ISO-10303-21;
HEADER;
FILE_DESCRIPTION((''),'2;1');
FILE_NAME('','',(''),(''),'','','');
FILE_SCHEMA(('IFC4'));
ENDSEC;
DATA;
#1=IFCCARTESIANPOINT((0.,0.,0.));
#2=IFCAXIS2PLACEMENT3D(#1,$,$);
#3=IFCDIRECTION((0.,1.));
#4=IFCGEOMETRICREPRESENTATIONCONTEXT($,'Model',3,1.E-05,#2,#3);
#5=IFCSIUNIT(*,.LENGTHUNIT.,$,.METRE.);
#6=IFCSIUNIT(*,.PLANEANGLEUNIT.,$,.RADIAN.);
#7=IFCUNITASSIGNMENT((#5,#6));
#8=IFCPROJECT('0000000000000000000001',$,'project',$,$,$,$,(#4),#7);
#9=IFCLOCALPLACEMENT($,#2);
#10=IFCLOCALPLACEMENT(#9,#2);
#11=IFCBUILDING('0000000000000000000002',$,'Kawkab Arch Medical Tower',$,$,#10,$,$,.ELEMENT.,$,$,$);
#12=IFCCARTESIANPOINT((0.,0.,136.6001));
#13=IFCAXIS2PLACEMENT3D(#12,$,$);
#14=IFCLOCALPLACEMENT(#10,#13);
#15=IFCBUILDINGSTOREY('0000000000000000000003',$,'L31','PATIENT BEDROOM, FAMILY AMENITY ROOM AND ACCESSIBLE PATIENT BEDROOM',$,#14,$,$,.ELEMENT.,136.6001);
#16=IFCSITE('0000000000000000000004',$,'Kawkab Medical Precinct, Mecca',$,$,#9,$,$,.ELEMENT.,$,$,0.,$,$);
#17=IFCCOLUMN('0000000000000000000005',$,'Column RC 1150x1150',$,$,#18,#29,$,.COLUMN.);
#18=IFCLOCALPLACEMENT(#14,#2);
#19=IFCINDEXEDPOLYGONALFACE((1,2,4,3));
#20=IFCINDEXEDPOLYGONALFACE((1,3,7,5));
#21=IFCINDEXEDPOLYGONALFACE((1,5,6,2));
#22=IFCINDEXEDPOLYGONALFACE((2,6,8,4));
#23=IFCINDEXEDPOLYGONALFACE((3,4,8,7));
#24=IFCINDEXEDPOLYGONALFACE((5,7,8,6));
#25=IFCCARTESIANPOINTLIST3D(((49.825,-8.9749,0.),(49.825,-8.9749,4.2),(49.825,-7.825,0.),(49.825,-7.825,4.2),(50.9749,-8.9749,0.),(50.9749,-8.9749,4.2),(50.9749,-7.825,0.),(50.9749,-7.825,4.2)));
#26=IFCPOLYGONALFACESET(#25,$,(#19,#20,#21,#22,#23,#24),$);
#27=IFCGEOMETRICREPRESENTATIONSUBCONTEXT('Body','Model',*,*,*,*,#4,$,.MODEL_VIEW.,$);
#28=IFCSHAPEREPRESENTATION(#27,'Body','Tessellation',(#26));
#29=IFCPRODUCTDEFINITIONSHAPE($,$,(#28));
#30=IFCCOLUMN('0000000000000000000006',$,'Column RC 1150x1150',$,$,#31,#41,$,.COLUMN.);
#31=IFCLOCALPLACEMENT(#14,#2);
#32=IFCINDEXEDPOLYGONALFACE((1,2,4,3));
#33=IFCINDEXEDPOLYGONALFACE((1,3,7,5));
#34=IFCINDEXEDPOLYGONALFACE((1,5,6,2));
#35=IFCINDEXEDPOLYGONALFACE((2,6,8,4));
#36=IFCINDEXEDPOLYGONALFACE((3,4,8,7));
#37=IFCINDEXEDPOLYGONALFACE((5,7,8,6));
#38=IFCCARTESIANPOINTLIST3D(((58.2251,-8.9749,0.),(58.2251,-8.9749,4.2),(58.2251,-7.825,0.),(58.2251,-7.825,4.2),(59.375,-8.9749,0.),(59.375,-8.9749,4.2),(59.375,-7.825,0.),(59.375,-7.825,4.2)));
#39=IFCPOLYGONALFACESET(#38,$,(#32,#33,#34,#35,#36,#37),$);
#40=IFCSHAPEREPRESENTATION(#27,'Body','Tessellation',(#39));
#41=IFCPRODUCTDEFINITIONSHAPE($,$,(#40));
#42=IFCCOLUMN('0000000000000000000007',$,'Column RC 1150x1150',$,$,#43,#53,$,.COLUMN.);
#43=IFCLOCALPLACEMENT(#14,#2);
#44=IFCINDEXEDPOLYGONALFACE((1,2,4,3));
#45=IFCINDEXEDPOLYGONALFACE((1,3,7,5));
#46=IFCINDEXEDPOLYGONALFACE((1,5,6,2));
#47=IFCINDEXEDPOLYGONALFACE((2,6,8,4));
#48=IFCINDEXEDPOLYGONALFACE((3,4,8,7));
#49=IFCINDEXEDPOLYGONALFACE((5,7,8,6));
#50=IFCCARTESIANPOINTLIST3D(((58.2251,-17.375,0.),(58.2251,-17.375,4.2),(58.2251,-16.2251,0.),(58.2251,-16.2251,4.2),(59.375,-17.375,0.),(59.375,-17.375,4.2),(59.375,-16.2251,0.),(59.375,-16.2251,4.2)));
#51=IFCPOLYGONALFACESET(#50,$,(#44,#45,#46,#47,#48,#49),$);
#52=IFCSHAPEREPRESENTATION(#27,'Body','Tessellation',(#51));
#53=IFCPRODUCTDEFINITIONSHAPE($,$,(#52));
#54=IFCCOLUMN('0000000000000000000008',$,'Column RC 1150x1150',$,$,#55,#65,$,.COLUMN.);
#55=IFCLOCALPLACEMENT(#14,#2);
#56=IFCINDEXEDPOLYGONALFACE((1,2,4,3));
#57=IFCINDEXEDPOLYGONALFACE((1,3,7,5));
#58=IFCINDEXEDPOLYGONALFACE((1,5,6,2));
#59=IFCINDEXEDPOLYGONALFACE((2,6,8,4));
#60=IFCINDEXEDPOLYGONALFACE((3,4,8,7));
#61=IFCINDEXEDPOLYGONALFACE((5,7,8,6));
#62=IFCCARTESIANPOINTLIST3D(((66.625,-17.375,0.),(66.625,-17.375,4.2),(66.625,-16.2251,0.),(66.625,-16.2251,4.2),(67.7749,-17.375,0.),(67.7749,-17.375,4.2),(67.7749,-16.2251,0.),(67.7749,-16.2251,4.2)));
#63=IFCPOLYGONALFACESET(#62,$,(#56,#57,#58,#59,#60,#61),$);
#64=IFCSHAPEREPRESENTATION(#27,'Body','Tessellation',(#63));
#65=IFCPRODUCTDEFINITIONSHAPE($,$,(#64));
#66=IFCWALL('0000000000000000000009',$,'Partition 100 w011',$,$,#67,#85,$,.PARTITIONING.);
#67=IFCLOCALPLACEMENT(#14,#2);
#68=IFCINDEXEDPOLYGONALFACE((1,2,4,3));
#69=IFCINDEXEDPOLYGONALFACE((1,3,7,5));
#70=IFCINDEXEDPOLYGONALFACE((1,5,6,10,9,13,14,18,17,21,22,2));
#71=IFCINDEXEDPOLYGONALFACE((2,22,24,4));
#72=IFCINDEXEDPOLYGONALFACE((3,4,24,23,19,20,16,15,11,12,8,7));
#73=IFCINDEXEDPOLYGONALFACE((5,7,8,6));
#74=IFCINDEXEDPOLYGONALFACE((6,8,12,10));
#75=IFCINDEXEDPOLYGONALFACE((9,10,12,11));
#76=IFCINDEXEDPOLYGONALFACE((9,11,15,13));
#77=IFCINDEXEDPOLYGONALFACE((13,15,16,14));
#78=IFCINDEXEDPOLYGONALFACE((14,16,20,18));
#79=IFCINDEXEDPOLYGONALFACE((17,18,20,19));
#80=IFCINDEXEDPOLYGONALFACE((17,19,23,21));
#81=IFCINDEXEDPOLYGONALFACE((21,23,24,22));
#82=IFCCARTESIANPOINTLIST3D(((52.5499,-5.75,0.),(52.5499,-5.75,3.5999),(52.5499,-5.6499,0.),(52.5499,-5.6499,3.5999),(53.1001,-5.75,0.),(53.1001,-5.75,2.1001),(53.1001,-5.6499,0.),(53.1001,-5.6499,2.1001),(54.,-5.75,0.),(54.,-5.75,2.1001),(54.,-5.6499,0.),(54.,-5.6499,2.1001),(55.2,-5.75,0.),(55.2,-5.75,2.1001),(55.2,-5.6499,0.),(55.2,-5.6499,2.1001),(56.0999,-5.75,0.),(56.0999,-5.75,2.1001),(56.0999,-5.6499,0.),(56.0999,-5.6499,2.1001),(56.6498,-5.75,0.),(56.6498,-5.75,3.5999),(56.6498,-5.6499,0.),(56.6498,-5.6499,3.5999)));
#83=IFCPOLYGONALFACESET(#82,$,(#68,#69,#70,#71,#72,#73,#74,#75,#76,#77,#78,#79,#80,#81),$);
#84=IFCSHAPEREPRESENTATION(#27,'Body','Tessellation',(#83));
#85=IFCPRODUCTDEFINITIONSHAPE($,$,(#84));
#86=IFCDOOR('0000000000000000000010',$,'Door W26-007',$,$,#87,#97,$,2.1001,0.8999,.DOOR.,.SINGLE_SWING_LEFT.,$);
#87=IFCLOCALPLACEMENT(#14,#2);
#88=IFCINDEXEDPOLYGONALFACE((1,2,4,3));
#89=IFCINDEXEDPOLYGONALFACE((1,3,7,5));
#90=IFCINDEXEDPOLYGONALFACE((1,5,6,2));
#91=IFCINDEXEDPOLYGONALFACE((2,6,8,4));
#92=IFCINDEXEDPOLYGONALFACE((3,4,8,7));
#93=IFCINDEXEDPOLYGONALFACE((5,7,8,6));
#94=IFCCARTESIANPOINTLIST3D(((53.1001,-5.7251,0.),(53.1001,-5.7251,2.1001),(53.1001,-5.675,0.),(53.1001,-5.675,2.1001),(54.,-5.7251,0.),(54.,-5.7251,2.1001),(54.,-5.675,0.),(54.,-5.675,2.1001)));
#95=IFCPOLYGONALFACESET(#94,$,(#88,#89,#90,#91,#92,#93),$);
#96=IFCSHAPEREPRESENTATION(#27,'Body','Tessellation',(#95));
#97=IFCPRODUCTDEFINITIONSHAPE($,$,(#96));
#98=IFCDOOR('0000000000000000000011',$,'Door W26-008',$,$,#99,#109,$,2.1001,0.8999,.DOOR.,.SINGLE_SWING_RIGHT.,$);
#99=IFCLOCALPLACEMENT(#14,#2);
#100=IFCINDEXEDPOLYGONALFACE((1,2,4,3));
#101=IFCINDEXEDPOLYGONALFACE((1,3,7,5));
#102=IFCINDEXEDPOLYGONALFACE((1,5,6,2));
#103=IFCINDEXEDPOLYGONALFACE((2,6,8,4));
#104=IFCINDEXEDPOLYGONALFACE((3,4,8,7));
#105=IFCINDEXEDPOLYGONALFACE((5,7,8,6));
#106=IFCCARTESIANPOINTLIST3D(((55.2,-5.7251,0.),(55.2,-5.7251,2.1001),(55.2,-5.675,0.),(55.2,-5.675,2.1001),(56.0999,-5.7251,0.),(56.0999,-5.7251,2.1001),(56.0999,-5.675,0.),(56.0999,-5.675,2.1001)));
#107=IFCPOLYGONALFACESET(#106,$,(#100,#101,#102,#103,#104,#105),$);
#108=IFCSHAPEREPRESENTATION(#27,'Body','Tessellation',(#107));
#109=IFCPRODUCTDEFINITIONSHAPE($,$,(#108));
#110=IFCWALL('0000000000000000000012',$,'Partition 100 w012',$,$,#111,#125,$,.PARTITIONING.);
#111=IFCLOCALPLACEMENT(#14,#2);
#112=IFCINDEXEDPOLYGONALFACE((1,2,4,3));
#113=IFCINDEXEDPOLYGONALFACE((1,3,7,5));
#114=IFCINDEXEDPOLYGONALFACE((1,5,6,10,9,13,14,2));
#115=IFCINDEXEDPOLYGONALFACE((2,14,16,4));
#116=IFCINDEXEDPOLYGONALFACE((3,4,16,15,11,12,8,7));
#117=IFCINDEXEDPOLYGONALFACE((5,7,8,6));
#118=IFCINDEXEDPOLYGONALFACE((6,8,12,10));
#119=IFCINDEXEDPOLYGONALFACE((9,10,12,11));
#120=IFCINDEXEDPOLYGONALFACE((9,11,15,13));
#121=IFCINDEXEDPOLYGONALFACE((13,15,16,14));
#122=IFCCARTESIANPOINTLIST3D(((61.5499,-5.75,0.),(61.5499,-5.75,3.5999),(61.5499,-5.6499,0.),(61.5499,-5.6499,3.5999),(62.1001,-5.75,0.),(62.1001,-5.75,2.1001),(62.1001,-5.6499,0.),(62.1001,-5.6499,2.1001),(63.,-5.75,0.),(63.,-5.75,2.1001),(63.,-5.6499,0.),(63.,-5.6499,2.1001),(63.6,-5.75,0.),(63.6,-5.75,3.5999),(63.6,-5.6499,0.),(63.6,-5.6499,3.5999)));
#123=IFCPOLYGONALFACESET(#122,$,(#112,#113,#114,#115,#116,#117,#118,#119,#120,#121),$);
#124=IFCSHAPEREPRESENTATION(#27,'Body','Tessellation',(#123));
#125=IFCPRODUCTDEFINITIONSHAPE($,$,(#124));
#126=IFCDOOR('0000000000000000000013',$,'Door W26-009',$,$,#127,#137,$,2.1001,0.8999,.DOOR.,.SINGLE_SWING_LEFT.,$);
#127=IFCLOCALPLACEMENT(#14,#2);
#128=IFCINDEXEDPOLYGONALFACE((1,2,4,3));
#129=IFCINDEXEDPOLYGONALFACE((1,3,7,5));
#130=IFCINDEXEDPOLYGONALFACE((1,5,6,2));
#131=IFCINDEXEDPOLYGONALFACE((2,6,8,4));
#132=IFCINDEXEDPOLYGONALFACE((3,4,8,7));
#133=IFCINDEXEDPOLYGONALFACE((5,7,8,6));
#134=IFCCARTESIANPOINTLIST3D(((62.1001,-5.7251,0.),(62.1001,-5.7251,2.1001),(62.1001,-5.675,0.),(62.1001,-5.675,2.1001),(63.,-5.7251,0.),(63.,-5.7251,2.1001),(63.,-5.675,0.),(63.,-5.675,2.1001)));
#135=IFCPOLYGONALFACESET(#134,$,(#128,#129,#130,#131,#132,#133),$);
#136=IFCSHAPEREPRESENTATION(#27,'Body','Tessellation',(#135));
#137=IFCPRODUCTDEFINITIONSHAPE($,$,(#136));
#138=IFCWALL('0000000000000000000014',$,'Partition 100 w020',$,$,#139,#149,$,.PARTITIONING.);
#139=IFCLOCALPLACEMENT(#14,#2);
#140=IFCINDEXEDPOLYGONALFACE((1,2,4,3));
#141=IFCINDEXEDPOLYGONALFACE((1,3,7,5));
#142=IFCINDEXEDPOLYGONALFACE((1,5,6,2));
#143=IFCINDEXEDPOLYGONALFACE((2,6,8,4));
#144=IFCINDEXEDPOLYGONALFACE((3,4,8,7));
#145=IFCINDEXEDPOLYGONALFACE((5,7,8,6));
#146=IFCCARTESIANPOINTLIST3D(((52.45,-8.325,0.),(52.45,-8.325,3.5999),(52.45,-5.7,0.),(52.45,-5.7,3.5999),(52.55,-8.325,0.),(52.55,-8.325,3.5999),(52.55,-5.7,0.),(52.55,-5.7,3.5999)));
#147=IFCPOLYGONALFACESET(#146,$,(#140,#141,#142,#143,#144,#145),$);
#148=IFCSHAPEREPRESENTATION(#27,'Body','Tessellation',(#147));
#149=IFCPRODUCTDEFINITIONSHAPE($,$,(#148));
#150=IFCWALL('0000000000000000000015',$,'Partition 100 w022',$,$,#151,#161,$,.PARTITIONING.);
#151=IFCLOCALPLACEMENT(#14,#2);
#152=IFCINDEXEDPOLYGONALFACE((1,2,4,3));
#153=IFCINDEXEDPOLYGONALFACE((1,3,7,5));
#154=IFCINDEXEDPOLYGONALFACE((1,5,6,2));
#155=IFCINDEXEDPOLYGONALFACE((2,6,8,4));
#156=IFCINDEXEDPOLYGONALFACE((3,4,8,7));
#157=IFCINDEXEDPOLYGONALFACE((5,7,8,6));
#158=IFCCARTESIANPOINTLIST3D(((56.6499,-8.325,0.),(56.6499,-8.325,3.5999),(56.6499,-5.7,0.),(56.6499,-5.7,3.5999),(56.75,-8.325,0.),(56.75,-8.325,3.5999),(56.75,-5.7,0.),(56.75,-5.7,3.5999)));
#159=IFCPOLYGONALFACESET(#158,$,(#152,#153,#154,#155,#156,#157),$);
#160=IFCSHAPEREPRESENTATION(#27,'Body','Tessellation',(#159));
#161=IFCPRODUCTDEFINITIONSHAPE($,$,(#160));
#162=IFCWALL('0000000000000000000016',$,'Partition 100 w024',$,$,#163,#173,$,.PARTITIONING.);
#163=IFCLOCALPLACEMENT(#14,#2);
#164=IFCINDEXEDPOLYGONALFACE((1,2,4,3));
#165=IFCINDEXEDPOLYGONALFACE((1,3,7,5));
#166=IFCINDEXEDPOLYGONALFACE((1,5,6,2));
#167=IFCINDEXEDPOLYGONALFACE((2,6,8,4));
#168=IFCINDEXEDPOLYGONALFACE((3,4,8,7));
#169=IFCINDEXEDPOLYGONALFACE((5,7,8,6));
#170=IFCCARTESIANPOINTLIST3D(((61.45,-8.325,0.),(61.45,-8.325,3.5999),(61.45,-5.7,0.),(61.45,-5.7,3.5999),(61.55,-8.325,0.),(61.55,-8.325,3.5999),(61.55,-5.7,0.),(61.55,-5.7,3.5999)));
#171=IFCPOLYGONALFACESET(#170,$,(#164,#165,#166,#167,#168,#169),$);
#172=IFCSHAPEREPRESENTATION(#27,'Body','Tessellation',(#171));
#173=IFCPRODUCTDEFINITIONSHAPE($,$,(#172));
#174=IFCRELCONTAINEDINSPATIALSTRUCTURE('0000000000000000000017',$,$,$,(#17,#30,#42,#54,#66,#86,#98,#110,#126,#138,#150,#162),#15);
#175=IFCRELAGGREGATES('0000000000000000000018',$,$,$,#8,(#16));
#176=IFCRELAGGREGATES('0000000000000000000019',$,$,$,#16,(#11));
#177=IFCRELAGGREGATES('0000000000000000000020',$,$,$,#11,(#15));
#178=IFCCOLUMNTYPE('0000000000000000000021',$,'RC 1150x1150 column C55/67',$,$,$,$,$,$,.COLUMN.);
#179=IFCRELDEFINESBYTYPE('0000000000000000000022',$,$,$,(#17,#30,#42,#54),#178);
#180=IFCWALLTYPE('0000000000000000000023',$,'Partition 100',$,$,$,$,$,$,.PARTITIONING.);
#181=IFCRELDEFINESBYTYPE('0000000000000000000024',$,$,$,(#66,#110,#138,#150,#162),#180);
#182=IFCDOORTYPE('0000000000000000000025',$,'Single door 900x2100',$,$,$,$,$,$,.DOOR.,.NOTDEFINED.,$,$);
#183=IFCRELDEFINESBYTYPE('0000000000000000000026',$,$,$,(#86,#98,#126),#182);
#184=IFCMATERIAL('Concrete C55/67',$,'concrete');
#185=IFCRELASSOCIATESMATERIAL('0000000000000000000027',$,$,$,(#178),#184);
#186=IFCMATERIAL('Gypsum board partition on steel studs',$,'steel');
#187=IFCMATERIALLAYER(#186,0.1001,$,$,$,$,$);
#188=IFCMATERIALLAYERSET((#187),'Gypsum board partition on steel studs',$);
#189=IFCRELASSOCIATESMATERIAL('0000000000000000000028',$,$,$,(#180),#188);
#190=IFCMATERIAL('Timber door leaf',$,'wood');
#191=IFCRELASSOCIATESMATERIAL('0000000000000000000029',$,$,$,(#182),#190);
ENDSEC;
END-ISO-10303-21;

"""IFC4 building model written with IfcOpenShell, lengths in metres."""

from ifc_helpers import new_model, si_unit, direction, frame, frame_2d, origin, origin_2d, place, context, subcontext, project, spatial, rectangle, extrude, material, layer, layer_set, material_profile, profile_set, type_object, element, fill, save


model = new_model("IFC4")

# Units and contexts
model_context = context("Model", 3, precision=1e-05, world=origin(), true_north=direction((0.0, 1.0)))
body_context = subcontext(model_context, "Body", "Model", "MODEL_VIEW")
ifc_project = project(units=[si_unit("LENGTHUNIT", "METRE"), si_unit("PLANEANGLEUNIT", "RADIAN")], contexts=[model_context])

# Site, building, storey
site_placement = place(None, origin())
site = spatial("IfcSite", under=ifc_project, at=site_placement, Name="Kawkab Medical Precinct, Mecca", CompositionType="ELEMENT", RefElevation=0.0)
building_placement = place(site_placement, origin())
building = spatial("IfcBuilding", under=site, at=building_placement, Name="Kawkab Arch Medical Tower", CompositionType="ELEMENT")
storey_placement = place(building_placement, frame((0.0, 0.0, 136.6001)))
storey = spatial("IfcBuildingStorey", under=building, at=storey_placement, Name="L31", Description="PATIENT BEDROOM, FAMILY AMENITY ROOM AND ACCESSIBLE PATIENT BEDROOM", CompositionType="ELEMENT", Elevation=136.6001)

# Columns
ifc_material_1 = material(Name="Concrete C55/67", Category="concrete")
ifc_material_profile = material_profile(ifc_material_1, rectangle(XDim=1.1499, YDim=1.1499, at=origin_2d()), Name="RC 1150x1150")
ifc_profile_set = profile_set([ifc_material_profile], Name="Concrete C55/67")
column_type = type_object("IfcColumnType", Name="RC 1150x1150 column C55/67", PredefinedType="COLUMN", material=ifc_profile_set)
for number, where, z_axis, x_axis, name in (
    (1, (50.3999, -8.3999, 0.0), (0.0, 0.0, 1.0), (1.0, 0.0, 0.0), "Column RC 1150x1150"),
    (2, (58.8, -8.3999, 0.0), (0.0, 0.0, 1.0), (1.0, 0.0, 0.0), "Column RC 1150x1150"),
    (3, (58.8, -16.8, 0.0), (0.0, 0.0, 1.0), (1.0, 0.0, 0.0), "Column RC 1150x1150"),
    (4, (67.2, -16.8, 0.0), (0.0, 0.0, 1.0), (1.0, 0.0, 0.0), "Column RC 1150x1150"),
):
    element("IfcColumn", number, at=place(storey_placement, frame(where, z_axis=z_axis, x_axis=x_axis)), inside=storey, type_object=column_type, Name=name, PredefinedType="COLUMN", context=body_context, shape_type="SweptSolid", body=[
        extrude(rectangle(XDim=1.1499, YDim=1.1499, at=origin_2d()), origin(), (0.0, 0.0, 1.0), 4.2),
    ])

# Wall, openings, doors
ifc_material_2 = material(Name="Gypsum board partition on steel studs", Category="steel")
ifc_layer_1 = layer(ifc_material_2, 0.1001)
ifc_layer_set_1 = layer_set([ifc_layer_1], Name="Gypsum board partition on steel studs")
wall_type_1 = type_object("IfcWallType", Name="Partition 100", PredefinedType="PARTITIONING", material=ifc_layer_set_1)
wall_1_placement = place(storey_placement, frame((52.55, -5.7, 0.0), z_axis=(0.0, 0.0, 1.0), x_axis=(1.0, 0.0, 0.0)))
wall_1 = element("IfcWall", 5, at=wall_1_placement, inside=storey, type_object=wall_type_1, Name="Partition 100 w011", PredefinedType="PARTITIONING", context=body_context, shape_type="SweptSolid", body=[
    extrude(rectangle(XDim=4.0999, YDim=0.1001, at=frame_2d((2.0498, 0.0))), origin(), (0.0, 0.0, 1.0), 3.5999),
])
opening_1_placement = place(wall_1_placement, frame((0.55, 0.0, 0.0)))
opening_1 = element("IfcOpeningElement", 6, at=opening_1_placement, cuts=wall_1, PredefinedType="OPENING", context=body_context, shape_type="SweptSolid", body=[
    extrude(rectangle(XDim=0.8999, YDim=2.1001, at=frame_2d((0.45, 1.05))), frame((0.0, 0.0601, 0.0), z_axis=(0.0, -1.0, 0.0), x_axis=(1.0, 0.0, 0.0)), (0.0, 0.0, 1.0), 0.1201),
])
opening_2_placement = place(wall_1_placement, frame((2.6499, 0.0, 0.0)))
opening_2 = element("IfcOpeningElement", 7, at=opening_2_placement, cuts=wall_1, PredefinedType="OPENING", context=body_context, shape_type="SweptSolid", body=[
    extrude(rectangle(XDim=0.8999, YDim=2.1001, at=frame_2d((0.45, 1.05))), frame((0.0, 0.0601, 0.0), z_axis=(0.0, -1.0, 0.0), x_axis=(1.0, 0.0, 0.0)), (0.0, 0.0, 1.0), 0.1201),
])
ifc_material_3 = material(Name="Timber door leaf", Category="wood")
door_type_1 = type_object("IfcDoorType", Name="Single door 900x2100", OperationType="NOTDEFINED", PredefinedType="DOOR", material=ifc_material_3)
door_1_placement = place(opening_1_placement, origin())
door_1 = element("IfcDoor", 8, at=door_1_placement, inside=storey, type_object=door_type_1, Name="Door W26-007", OperationType="SINGLE_SWING_LEFT", OverallHeight=2.1001, OverallWidth=0.8999, PredefinedType="DOOR", context=body_context, shape_type="SweptSolid", body=[
    extrude(rectangle(XDim=0.8999, YDim=2.1001, at=frame_2d((0.45, 1.05))), frame((0.0, 0.0249, 0.0), z_axis=(0.0, -1.0, 0.0), x_axis=(1.0, 0.0, 0.0)), (0.0, 0.0, 1.0), 0.05),
])
fill(opening_1, door_1)
door_2_placement = place(opening_2_placement, origin())
door_2 = element("IfcDoor", 9, at=door_2_placement, inside=storey, type_object=door_type_1, Name="Door W26-008", OperationType="SINGLE_SWING_RIGHT", OverallHeight=2.1001, OverallWidth=0.8999, PredefinedType="DOOR", context=body_context, shape_type="SweptSolid", body=[
    extrude(rectangle(XDim=0.8999, YDim=2.1001, at=frame_2d((0.45, 1.05))), frame((0.0, 0.0249, 0.0), z_axis=(0.0, -1.0, 0.0), x_axis=(1.0, 0.0, 0.0)), (0.0, 0.0, 1.0), 0.05),
])
fill(opening_2, door_2)

# Wall, opening, door
wall_2_placement = place(storey_placement, frame((61.55, -5.7, 0.0), z_axis=(0.0, 0.0, 1.0), x_axis=(1.0, 0.0, 0.0)))
wall_2 = element("IfcWall", 10, at=wall_2_placement, inside=storey, type_object=wall_type_1, Name="Partition 100 w012", PredefinedType="PARTITIONING", context=body_context, shape_type="SweptSolid", body=[
    extrude(rectangle(XDim=2.05, YDim=0.1001, at=frame_2d((1.0249, 0.0))), origin(), (0.0, 0.0, 1.0), 3.5999),
])
opening_3_placement = place(wall_2_placement, frame((0.55, 0.0, 0.0)))
opening_3 = element("IfcOpeningElement", 11, at=opening_3_placement, cuts=wall_2, PredefinedType="OPENING", context=body_context, shape_type="SweptSolid", body=[
    extrude(rectangle(XDim=0.8999, YDim=2.1001, at=frame_2d((0.45, 1.05))), frame((0.0, 0.0601, 0.0), z_axis=(0.0, -1.0, 0.0), x_axis=(1.0, 0.0, 0.0)), (0.0, 0.0, 1.0), 0.1201),
])
door_3_placement = place(opening_3_placement, origin())
door_3 = element("IfcDoor", 12, at=door_3_placement, inside=storey, type_object=door_type_1, Name="Door W26-009", OperationType="SINGLE_SWING_LEFT", OverallHeight=2.1001, OverallWidth=0.8999, PredefinedType="DOOR", context=body_context, shape_type="SweptSolid", body=[
    extrude(rectangle(XDim=0.8999, YDim=2.1001, at=frame_2d((0.45, 1.05))), frame((0.0, 0.0249, 0.0), z_axis=(0.0, -1.0, 0.0), x_axis=(1.0, 0.0, 0.0)), (0.0, 0.0, 1.0), 0.05),
])
fill(opening_3, door_3)

# Walls
for number, where, z_axis, x_axis, name in (
    (13, (52.5, -8.325, 0.0), (0.0, 0.0, 1.0), (0.0, 1.0, 0.0), "Partition 100 w020"),
    (14, (56.7, -8.325, 0.0), (0.0, 0.0, 1.0), (0.0, 1.0, 0.0), "Partition 100 w022"),
    (15, (61.5, -8.325, 0.0), (0.0, 0.0, 1.0), (0.0, 1.0, 0.0), "Partition 100 w024"),
):
    element("IfcWall", number, at=place(storey_placement, frame(where, z_axis=z_axis, x_axis=x_axis)), inside=storey, type_object=wall_type_1, Name=name, PredefinedType="PARTITIONING", context=body_context, shape_type="SweptSolid", body=[
        extrude(rectangle(XDim=2.625, YDim=0.1001, at=frame_2d((1.3125, 0.0))), origin(), (0.0, 0.0, 1.0), 3.5999),
    ])

save(model, "model.ifc")
